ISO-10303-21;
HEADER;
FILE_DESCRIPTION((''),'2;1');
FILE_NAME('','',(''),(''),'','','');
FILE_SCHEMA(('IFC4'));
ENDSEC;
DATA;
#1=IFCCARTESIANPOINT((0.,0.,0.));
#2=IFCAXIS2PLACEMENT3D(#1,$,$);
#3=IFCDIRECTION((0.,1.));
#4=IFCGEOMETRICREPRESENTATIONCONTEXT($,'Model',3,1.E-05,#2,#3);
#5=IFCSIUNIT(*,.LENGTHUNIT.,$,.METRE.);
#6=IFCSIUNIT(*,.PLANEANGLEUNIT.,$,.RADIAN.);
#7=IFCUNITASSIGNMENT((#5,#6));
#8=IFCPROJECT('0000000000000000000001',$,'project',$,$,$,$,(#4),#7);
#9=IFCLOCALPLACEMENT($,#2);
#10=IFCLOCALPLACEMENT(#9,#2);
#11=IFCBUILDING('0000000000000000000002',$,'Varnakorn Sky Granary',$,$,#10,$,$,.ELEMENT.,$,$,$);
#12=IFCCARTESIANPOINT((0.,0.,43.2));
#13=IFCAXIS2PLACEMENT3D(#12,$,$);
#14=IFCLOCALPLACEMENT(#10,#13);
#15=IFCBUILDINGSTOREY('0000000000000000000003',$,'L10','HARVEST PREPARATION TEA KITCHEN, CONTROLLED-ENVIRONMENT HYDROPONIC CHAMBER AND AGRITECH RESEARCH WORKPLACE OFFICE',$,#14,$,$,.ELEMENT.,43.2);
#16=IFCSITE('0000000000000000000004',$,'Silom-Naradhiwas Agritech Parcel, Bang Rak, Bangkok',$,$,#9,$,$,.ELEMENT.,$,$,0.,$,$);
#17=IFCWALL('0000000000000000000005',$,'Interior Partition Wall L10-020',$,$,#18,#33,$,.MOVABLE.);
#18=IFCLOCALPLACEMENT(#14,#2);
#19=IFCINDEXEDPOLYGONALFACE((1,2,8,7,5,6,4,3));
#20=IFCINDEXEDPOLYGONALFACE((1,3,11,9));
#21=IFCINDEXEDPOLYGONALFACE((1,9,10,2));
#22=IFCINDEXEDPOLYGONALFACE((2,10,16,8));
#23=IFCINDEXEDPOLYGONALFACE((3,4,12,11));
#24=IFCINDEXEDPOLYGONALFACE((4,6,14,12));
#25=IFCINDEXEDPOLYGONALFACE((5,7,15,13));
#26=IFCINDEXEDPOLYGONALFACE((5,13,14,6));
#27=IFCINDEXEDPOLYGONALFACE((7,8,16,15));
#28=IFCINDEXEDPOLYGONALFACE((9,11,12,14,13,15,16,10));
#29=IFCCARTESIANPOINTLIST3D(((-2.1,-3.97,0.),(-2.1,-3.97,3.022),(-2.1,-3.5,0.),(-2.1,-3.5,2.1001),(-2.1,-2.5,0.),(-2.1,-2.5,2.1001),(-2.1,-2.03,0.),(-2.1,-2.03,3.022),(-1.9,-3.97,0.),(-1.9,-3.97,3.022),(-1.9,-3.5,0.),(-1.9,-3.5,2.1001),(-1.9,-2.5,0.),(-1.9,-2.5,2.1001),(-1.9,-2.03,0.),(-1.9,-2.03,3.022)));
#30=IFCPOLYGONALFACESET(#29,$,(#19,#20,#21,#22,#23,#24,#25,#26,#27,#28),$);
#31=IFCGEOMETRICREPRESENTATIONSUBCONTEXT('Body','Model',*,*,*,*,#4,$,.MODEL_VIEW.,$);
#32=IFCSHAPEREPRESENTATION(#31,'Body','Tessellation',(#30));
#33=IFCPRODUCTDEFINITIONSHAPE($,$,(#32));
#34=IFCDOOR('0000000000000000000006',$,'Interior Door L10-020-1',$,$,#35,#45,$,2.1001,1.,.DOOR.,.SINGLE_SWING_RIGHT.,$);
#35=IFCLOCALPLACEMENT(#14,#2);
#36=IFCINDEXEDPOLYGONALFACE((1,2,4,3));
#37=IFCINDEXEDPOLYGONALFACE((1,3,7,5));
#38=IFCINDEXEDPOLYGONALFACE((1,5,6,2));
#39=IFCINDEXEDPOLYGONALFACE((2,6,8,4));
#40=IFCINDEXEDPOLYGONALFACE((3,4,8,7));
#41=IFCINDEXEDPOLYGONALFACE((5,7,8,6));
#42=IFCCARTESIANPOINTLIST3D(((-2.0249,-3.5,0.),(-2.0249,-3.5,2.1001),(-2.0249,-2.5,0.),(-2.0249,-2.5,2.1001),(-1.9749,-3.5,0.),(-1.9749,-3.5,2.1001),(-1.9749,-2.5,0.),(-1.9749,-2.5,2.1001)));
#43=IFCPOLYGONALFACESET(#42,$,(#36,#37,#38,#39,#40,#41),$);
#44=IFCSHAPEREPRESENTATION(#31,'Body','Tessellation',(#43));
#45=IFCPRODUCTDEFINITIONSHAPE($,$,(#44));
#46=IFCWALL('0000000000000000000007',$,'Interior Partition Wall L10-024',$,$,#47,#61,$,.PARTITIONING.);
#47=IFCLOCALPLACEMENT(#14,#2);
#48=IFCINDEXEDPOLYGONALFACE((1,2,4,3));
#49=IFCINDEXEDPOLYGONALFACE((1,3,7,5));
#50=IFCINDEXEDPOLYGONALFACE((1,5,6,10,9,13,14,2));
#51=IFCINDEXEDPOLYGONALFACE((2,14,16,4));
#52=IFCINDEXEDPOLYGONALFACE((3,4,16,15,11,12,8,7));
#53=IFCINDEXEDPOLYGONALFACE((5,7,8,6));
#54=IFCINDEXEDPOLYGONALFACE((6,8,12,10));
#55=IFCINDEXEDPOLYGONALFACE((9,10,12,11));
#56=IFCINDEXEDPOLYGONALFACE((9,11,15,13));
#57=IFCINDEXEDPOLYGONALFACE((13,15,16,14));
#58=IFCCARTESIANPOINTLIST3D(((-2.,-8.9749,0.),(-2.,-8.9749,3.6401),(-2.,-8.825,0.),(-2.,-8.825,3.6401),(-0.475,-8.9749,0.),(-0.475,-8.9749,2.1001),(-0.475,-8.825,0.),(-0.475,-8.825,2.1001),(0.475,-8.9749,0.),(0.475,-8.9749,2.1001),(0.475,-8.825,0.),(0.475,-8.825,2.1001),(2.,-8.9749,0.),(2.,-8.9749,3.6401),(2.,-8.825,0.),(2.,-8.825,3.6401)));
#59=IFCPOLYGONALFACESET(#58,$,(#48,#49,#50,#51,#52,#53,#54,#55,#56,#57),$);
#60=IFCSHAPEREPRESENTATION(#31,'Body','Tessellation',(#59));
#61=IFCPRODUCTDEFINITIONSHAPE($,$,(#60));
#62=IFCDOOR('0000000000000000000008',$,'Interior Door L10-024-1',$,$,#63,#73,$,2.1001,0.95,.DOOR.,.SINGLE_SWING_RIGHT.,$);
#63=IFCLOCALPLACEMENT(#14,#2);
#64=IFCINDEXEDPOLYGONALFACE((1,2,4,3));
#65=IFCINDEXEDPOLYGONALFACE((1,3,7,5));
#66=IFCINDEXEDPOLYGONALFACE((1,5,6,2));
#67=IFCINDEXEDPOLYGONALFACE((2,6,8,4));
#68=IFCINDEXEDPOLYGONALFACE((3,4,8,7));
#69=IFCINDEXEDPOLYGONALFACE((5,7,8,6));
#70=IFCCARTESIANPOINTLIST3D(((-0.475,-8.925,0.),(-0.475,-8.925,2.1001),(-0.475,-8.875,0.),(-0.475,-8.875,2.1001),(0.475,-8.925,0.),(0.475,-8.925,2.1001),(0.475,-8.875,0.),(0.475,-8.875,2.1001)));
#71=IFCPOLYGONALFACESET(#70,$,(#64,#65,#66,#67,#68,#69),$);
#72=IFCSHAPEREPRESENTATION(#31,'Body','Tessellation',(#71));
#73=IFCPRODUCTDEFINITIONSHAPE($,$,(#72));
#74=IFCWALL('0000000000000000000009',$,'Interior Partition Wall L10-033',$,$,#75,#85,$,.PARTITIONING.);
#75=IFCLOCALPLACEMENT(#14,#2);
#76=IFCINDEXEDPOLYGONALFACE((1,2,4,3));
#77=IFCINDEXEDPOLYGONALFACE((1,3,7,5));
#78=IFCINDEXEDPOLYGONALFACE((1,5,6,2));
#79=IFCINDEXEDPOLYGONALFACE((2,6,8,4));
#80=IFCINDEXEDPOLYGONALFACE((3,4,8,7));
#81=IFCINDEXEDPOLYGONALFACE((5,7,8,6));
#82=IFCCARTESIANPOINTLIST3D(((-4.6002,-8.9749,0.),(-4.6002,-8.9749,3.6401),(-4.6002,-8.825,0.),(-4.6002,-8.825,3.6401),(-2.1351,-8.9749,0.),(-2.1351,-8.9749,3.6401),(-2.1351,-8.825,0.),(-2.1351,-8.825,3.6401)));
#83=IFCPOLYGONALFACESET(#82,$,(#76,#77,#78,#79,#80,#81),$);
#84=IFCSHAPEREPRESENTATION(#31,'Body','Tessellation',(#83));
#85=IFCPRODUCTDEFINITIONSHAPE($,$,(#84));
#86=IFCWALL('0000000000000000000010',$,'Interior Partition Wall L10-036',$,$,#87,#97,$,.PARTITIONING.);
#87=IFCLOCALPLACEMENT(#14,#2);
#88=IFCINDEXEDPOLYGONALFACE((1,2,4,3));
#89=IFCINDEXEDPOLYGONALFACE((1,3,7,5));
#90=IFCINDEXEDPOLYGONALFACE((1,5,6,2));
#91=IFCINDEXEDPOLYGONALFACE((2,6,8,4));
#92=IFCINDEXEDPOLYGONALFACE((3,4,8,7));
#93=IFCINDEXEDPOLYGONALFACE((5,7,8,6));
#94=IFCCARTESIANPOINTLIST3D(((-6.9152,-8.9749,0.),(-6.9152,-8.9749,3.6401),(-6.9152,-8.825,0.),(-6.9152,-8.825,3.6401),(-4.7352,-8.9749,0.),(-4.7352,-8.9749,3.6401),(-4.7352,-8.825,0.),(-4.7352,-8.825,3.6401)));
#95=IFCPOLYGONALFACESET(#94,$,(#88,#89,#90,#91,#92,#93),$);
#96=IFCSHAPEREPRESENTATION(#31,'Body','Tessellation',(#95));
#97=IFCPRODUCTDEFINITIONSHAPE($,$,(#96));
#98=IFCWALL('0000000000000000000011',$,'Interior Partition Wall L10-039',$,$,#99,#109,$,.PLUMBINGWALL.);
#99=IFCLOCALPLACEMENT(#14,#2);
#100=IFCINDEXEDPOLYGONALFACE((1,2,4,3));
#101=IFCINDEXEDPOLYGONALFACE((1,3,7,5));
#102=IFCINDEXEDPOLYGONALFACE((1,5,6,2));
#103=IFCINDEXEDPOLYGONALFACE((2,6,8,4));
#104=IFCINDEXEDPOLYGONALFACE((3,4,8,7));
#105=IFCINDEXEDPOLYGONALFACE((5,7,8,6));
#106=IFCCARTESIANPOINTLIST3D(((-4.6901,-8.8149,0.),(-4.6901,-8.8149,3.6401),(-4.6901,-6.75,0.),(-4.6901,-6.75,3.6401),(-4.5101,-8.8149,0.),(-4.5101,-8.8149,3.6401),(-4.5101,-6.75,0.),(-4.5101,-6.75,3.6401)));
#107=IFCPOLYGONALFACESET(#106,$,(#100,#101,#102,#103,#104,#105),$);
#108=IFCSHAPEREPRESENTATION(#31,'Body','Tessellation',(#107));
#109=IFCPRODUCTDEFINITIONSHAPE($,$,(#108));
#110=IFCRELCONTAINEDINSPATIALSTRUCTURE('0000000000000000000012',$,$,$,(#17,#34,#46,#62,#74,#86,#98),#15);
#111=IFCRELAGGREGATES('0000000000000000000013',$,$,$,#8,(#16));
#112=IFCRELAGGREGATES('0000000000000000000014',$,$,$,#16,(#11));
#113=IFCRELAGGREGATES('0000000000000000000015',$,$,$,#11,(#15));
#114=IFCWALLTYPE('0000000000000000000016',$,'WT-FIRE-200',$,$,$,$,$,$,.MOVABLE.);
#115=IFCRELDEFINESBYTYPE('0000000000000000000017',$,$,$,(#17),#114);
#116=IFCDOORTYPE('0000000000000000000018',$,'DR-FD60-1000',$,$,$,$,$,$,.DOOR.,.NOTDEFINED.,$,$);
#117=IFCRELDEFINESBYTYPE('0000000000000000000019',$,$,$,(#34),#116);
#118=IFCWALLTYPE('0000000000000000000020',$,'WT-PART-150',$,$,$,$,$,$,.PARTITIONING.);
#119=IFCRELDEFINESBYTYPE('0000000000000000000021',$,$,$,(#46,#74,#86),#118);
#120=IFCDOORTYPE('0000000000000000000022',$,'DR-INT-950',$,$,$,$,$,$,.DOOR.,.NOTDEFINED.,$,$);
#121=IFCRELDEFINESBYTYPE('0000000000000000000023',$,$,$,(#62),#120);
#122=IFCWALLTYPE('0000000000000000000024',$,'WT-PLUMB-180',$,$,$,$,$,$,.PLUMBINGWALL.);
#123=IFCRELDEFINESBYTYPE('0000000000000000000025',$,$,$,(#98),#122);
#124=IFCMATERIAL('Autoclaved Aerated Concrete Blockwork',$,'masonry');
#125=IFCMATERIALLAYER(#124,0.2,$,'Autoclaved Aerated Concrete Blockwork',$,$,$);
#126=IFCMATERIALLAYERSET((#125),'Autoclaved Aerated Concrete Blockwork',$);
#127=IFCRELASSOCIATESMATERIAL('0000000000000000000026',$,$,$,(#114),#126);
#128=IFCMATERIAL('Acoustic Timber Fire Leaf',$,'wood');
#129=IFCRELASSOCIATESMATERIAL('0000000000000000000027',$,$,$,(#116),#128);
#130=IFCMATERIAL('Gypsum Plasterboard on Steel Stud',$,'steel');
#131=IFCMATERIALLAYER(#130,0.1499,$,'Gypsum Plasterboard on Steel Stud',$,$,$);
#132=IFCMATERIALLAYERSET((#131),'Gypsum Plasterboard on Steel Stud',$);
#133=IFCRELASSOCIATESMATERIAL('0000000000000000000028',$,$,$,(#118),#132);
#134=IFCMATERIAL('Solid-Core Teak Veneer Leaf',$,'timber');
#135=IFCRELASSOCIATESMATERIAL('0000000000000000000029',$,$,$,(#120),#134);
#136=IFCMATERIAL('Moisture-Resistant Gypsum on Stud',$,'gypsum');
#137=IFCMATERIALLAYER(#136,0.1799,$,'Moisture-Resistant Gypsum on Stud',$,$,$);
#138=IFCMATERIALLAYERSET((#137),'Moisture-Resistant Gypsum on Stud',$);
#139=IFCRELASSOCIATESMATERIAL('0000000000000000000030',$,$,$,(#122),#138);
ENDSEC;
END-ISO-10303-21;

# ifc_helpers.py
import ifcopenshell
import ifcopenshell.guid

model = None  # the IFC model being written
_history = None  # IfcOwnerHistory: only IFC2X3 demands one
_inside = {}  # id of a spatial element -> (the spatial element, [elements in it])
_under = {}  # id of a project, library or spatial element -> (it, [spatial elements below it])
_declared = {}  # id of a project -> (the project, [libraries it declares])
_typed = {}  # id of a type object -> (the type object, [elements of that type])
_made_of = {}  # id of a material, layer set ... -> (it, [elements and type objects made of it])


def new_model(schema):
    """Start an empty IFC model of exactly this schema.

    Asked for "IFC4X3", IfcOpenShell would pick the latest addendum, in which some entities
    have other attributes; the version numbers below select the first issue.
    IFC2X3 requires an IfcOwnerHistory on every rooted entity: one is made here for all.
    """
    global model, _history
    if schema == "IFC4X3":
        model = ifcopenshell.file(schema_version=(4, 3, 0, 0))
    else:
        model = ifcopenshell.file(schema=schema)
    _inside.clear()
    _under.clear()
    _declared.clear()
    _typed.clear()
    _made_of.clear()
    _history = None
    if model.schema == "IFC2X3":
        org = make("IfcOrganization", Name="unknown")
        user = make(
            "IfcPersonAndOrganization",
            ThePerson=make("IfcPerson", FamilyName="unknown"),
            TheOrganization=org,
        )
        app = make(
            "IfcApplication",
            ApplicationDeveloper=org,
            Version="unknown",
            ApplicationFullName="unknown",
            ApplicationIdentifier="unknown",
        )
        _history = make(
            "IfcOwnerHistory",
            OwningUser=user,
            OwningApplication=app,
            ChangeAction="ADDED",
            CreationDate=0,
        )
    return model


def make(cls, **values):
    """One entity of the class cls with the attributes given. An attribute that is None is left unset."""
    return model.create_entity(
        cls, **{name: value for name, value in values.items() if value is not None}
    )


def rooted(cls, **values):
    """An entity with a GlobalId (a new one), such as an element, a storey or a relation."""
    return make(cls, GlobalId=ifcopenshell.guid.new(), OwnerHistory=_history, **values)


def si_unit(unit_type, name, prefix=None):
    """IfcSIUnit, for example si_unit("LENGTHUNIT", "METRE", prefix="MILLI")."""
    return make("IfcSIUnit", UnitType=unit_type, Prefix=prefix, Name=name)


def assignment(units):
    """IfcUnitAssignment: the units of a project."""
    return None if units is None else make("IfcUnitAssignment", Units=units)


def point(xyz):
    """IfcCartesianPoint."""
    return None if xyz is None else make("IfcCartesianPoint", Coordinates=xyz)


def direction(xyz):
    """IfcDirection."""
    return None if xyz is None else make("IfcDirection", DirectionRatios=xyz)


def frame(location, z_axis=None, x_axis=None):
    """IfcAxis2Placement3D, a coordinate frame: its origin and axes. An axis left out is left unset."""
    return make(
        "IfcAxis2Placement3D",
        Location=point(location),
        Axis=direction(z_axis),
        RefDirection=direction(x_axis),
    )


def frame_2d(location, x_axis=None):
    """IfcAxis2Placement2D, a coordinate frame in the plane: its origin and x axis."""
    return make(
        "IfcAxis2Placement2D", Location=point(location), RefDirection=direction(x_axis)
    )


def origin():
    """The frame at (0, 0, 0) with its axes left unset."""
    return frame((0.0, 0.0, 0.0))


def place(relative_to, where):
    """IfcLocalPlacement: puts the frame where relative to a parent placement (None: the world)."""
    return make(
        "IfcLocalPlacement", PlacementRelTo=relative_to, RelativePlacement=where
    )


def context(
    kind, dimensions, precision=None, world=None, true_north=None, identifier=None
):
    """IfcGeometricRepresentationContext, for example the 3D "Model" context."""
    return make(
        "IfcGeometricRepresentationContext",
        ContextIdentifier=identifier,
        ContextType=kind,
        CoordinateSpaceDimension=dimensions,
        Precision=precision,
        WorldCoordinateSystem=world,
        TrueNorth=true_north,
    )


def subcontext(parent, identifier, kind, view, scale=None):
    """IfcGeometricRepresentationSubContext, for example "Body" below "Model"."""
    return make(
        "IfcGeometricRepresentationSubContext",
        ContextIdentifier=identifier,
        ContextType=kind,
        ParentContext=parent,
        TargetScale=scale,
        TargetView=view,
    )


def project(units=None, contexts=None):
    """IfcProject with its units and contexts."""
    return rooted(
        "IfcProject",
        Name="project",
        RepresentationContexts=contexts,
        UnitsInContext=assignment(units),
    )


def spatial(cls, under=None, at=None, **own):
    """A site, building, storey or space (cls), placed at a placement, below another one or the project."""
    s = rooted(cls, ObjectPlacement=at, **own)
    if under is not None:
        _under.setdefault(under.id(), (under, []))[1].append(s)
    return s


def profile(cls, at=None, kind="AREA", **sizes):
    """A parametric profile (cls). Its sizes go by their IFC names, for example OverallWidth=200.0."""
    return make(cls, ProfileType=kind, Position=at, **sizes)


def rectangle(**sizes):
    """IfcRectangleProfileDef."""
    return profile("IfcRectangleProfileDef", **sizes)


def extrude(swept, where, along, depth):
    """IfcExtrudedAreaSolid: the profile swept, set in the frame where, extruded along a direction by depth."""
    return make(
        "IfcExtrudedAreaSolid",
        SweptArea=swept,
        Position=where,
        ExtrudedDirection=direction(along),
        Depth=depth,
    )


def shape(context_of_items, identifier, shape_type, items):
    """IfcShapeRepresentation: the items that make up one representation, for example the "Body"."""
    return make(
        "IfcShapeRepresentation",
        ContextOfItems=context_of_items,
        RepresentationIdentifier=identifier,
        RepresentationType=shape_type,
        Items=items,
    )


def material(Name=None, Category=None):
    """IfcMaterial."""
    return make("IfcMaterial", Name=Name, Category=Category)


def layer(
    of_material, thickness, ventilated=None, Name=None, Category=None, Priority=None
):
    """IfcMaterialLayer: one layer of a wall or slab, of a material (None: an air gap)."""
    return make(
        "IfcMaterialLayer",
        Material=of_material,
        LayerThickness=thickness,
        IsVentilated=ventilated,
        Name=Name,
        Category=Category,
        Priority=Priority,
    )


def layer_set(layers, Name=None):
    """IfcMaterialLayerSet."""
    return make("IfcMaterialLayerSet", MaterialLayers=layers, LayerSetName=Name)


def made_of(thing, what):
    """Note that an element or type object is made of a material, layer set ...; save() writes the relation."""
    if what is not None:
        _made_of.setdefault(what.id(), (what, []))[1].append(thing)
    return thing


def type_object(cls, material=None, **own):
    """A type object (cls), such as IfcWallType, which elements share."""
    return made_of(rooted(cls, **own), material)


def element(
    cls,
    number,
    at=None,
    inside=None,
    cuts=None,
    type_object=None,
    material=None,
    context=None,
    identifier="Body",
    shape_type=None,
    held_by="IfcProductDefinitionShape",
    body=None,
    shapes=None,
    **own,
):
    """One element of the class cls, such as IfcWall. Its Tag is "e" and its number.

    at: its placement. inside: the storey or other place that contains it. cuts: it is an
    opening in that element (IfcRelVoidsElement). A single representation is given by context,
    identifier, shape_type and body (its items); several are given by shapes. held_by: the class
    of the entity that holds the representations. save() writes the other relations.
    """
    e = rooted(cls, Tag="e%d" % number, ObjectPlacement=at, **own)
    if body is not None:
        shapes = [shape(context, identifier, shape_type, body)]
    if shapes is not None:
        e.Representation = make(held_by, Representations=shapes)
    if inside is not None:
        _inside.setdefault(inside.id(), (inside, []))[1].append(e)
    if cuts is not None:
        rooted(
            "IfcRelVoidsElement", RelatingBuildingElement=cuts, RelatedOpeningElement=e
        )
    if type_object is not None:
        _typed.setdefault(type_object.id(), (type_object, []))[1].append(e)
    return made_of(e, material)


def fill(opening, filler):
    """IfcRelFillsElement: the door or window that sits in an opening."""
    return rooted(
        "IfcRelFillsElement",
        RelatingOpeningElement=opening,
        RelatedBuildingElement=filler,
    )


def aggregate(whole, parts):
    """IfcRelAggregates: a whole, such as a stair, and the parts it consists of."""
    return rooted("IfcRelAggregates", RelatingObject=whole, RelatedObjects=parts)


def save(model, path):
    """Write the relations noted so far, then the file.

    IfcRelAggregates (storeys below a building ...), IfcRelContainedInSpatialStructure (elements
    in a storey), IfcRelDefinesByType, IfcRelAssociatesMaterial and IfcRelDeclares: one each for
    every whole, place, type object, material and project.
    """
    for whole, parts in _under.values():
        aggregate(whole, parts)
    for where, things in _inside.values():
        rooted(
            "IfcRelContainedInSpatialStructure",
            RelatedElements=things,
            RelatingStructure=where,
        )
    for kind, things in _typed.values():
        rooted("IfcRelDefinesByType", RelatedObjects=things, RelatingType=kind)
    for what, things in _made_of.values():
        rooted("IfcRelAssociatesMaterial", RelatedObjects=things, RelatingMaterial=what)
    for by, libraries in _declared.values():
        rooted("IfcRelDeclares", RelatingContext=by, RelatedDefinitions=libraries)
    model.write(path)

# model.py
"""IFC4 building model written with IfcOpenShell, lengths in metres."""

from ifc_helpers import new_model, si_unit, direction, frame, frame_2d, origin, place, context, subcontext, project, spatial, rectangle, extrude, material, layer, layer_set, type_object, element, fill, save


model = new_model("IFC4")

# Units and contexts
model_context = context("Model", 3, precision=1e-05, world=origin(), true_north=direction((0.0, 1.0)))
body_context = subcontext(model_context, "Body", "Model", "MODEL_VIEW")
ifc_project = project(units=[si_unit("LENGTHUNIT", "METRE"), si_unit("PLANEANGLEUNIT", "RADIAN")], contexts=[model_context])

# Site, building, storey
site_placement = place(None, origin())
site = spatial("IfcSite", under=ifc_project, at=site_placement, Name="Silom-Naradhiwas Agritech Parcel, Bang Rak, Bangkok", CompositionType="ELEMENT", RefElevation=0.0)
building_placement = place(site_placement, origin())
building = spatial("IfcBuilding", under=site, at=building_placement, Name="Varnakorn Sky Granary", CompositionType="ELEMENT")
storey_placement = place(building_placement, frame((0.0, 0.0, 43.2)))
storey = spatial("IfcBuildingStorey", under=building, at=storey_placement, Name="L10", Description="HARVEST PREPARATION TEA KITCHEN, CONTROLLED-ENVIRONMENT HYDROPONIC CHAMBER AND AGRITECH RESEARCH WORKPLACE OFFICE", CompositionType="ELEMENT", Elevation=43.2)

# Walls, openings, doors
ifc_material_1 = material(Name="Autoclaved Aerated Concrete Blockwork", Category="masonry")
ifc_layer_1 = layer(ifc_material_1, 0.2, Name="Autoclaved Aerated Concrete Blockwork")
ifc_layer_set_1 = layer_set([ifc_layer_1], Name="Autoclaved Aerated Concrete Blockwork")
wall_type_1 = type_object("IfcWallType", Name="WT-FIRE-200", PredefinedType="MOVABLE", material=ifc_layer_set_1)
wall_1_placement = place(storey_placement, frame((-2.0, -3.97, 0.0), z_axis=(0.0, 0.0, 1.0), x_axis=(0.0, 1.0, 0.0)))
wall_1 = element("IfcWall", 1, at=wall_1_placement, inside=storey, type_object=wall_type_1, Name="Interior Partition Wall L10-020", PredefinedType="MOVABLE", context=body_context, shape_type="SweptSolid", body=[
    extrude(rectangle(XDim=1.9399, YDim=0.2, at=frame_2d((0.97, 0.0))), origin(), (0.0, 0.0, 1.0), 3.022),
])
opening_1_placement = place(wall_1_placement, frame((0.47, 0.0, 0.0)))
opening_1 = element("IfcOpeningElement", 2, at=opening_1_placement, cuts=wall_1, PredefinedType="OPENING", context=body_context, shape_type="SweptSolid", body=[
    extrude(rectangle(XDim=1.0, YDim=2.1001, at=frame_2d((0.5, 1.05))), frame((0.0, 0.1099, 0.0), z_axis=(0.0, -1.0, 0.0), x_axis=(1.0, 0.0, 0.0)), (0.0, 0.0, 1.0), 0.22),
])
ifc_material_2 = material(Name="Acoustic Timber Fire Leaf", Category="wood")
door_type_1 = type_object("IfcDoorType", Name="DR-FD60-1000", OperationType="NOTDEFINED", PredefinedType="DOOR", material=ifc_material_2)
door_1_placement = place(opening_1_placement, origin())
door_1 = element("IfcDoor", 3, at=door_1_placement, inside=storey, type_object=door_type_1, Name="Interior Door L10-020-1", OperationType="SINGLE_SWING_RIGHT", OverallHeight=2.1001, OverallWidth=1.0, PredefinedType="DOOR", context=body_context, shape_type="SweptSolid", body=[
    extrude(rectangle(XDim=1.0, YDim=2.1001, at=frame_2d((0.5, 1.05))), frame((0.0, 0.0249, 0.0), z_axis=(0.0, -1.0, 0.0), x_axis=(1.0, 0.0, 0.0)), (0.0, 0.0, 1.0), 0.05),
])
fill(opening_1, door_1)
ifc_material_3 = material(Name="Gypsum Plasterboard on Steel Stud", Category="steel")
ifc_layer_2 = layer(ifc_material_3, 0.1499, Name="Gypsum Plasterboard on Steel Stud")
ifc_layer_set_2 = layer_set([ifc_layer_2], Name="Gypsum Plasterboard on Steel Stud")
wall_type_2 = type_object("IfcWallType", Name="WT-PART-150", PredefinedType="PARTITIONING", material=ifc_layer_set_2)
wall_2_placement = place(storey_placement, frame((-2.0, -8.8999, 0.0), z_axis=(0.0, 0.0, 1.0), x_axis=(1.0, 0.0, 0.0)))
wall_2 = element("IfcWall", 4, at=wall_2_placement, inside=storey, type_object=wall_type_2, Name="Interior Partition Wall L10-024", PredefinedType="PARTITIONING", context=body_context, shape_type="SweptSolid", body=[
    extrude(rectangle(XDim=4.0, YDim=0.1499, at=frame_2d((2.0, 0.0))), origin(), (0.0, 0.0, 1.0), 3.6401),
])
opening_2_placement = place(wall_2_placement, frame((1.5249, 0.0, 0.0)))
opening_2 = element("IfcOpeningElement", 5, at=opening_2_placement, cuts=wall_2, PredefinedType="OPENING", context=body_context, shape_type="SweptSolid", body=[
    extrude(rectangle(XDim=0.95, YDim=2.1001, at=frame_2d((0.4751, 1.05))), frame((0.0, 0.085, 0.0), z_axis=(0.0, -1.0, 0.0), x_axis=(1.0, 0.0, 0.0)), (0.0, 0.0, 1.0), 0.1699),
])
ifc_material_4 = material(Name="Solid-Core Teak Veneer Leaf", Category="timber")
door_type_2 = type_object("IfcDoorType", Name="DR-INT-950", OperationType="NOTDEFINED", PredefinedType="DOOR", material=ifc_material_4)
door_2_placement = place(opening_2_placement, origin())
door_2 = element("IfcDoor", 6, at=door_2_placement, inside=storey, type_object=door_type_2, Name="Interior Door L10-024-1", OperationType="SINGLE_SWING_RIGHT", OverallHeight=2.1001, OverallWidth=0.95, PredefinedType="DOOR", context=body_context, shape_type="SweptSolid", body=[
    extrude(rectangle(XDim=0.95, YDim=2.1001, at=frame_2d((0.4751, 1.05))), frame((0.0, 0.0249, 0.0), z_axis=(0.0, -1.0, 0.0), x_axis=(1.0, 0.0, 0.0)), (0.0, 0.0, 1.0), 0.05),
])
fill(opening_2, door_2)

# Walls
wall_3_placement = place(storey_placement, frame((-4.6001, -8.8999, 0.0), z_axis=(0.0, 0.0, 1.0), x_axis=(1.0, 0.0, 0.0)))
element("IfcWall", 7, at=wall_3_placement, inside=storey, type_object=wall_type_2, Name="Interior Partition Wall L10-033", PredefinedType="PARTITIONING", context=body_context, shape_type="SweptSolid", body=[
    extrude(rectangle(XDim=2.4651, YDim=0.1499, at=frame_2d((1.2324, 0.0))), origin(), (0.0, 0.0, 1.0), 3.6401),
])
wall_4_placement = place(storey_placement, frame((-6.915, -8.8999, 0.0), z_axis=(0.0, 0.0, 1.0), x_axis=(1.0, 0.0, 0.0)))
element("IfcWall", 8, at=wall_4_placement, inside=storey, type_object=wall_type_2, Name="Interior Partition Wall L10-036", PredefinedType="PARTITIONING", context=body_context, shape_type="SweptSolid", body=[
    extrude(rectangle(XDim=2.1799, YDim=0.1499, at=frame_2d((1.0898, 0.0))), origin(), (0.0, 0.0, 1.0), 3.6401),
])
ifc_material_5 = material(Name="Moisture-Resistant Gypsum on Stud", Category="gypsum")
ifc_layer_3 = layer(ifc_material_5, 0.1799, Name="Moisture-Resistant Gypsum on Stud")
ifc_layer_set_3 = layer_set([ifc_layer_3], Name="Moisture-Resistant Gypsum on Stud")
wall_type_3 = type_object("IfcWallType", Name="WT-PLUMB-180", PredefinedType="PLUMBINGWALL", material=ifc_layer_set_3)
wall_5_placement = place(storey_placement, frame((-4.6001, -6.75, 0.0), z_axis=(0.0, 0.0, 1.0), x_axis=(0.0, -1.0, 0.0)))
element("IfcWall", 9, at=wall_5_placement, inside=storey, type_object=wall_type_3, Name="Interior Partition Wall L10-039", PredefinedType="PLUMBINGWALL", context=body_context, shape_type="SweptSolid", body=[
    extrude(rectangle(XDim=2.0649, YDim=0.1799, at=frame_2d((1.0325, 0.0))), origin(), (0.0, 0.0, 1.0), 3.6401),
])

save(model, "model.ifc")
